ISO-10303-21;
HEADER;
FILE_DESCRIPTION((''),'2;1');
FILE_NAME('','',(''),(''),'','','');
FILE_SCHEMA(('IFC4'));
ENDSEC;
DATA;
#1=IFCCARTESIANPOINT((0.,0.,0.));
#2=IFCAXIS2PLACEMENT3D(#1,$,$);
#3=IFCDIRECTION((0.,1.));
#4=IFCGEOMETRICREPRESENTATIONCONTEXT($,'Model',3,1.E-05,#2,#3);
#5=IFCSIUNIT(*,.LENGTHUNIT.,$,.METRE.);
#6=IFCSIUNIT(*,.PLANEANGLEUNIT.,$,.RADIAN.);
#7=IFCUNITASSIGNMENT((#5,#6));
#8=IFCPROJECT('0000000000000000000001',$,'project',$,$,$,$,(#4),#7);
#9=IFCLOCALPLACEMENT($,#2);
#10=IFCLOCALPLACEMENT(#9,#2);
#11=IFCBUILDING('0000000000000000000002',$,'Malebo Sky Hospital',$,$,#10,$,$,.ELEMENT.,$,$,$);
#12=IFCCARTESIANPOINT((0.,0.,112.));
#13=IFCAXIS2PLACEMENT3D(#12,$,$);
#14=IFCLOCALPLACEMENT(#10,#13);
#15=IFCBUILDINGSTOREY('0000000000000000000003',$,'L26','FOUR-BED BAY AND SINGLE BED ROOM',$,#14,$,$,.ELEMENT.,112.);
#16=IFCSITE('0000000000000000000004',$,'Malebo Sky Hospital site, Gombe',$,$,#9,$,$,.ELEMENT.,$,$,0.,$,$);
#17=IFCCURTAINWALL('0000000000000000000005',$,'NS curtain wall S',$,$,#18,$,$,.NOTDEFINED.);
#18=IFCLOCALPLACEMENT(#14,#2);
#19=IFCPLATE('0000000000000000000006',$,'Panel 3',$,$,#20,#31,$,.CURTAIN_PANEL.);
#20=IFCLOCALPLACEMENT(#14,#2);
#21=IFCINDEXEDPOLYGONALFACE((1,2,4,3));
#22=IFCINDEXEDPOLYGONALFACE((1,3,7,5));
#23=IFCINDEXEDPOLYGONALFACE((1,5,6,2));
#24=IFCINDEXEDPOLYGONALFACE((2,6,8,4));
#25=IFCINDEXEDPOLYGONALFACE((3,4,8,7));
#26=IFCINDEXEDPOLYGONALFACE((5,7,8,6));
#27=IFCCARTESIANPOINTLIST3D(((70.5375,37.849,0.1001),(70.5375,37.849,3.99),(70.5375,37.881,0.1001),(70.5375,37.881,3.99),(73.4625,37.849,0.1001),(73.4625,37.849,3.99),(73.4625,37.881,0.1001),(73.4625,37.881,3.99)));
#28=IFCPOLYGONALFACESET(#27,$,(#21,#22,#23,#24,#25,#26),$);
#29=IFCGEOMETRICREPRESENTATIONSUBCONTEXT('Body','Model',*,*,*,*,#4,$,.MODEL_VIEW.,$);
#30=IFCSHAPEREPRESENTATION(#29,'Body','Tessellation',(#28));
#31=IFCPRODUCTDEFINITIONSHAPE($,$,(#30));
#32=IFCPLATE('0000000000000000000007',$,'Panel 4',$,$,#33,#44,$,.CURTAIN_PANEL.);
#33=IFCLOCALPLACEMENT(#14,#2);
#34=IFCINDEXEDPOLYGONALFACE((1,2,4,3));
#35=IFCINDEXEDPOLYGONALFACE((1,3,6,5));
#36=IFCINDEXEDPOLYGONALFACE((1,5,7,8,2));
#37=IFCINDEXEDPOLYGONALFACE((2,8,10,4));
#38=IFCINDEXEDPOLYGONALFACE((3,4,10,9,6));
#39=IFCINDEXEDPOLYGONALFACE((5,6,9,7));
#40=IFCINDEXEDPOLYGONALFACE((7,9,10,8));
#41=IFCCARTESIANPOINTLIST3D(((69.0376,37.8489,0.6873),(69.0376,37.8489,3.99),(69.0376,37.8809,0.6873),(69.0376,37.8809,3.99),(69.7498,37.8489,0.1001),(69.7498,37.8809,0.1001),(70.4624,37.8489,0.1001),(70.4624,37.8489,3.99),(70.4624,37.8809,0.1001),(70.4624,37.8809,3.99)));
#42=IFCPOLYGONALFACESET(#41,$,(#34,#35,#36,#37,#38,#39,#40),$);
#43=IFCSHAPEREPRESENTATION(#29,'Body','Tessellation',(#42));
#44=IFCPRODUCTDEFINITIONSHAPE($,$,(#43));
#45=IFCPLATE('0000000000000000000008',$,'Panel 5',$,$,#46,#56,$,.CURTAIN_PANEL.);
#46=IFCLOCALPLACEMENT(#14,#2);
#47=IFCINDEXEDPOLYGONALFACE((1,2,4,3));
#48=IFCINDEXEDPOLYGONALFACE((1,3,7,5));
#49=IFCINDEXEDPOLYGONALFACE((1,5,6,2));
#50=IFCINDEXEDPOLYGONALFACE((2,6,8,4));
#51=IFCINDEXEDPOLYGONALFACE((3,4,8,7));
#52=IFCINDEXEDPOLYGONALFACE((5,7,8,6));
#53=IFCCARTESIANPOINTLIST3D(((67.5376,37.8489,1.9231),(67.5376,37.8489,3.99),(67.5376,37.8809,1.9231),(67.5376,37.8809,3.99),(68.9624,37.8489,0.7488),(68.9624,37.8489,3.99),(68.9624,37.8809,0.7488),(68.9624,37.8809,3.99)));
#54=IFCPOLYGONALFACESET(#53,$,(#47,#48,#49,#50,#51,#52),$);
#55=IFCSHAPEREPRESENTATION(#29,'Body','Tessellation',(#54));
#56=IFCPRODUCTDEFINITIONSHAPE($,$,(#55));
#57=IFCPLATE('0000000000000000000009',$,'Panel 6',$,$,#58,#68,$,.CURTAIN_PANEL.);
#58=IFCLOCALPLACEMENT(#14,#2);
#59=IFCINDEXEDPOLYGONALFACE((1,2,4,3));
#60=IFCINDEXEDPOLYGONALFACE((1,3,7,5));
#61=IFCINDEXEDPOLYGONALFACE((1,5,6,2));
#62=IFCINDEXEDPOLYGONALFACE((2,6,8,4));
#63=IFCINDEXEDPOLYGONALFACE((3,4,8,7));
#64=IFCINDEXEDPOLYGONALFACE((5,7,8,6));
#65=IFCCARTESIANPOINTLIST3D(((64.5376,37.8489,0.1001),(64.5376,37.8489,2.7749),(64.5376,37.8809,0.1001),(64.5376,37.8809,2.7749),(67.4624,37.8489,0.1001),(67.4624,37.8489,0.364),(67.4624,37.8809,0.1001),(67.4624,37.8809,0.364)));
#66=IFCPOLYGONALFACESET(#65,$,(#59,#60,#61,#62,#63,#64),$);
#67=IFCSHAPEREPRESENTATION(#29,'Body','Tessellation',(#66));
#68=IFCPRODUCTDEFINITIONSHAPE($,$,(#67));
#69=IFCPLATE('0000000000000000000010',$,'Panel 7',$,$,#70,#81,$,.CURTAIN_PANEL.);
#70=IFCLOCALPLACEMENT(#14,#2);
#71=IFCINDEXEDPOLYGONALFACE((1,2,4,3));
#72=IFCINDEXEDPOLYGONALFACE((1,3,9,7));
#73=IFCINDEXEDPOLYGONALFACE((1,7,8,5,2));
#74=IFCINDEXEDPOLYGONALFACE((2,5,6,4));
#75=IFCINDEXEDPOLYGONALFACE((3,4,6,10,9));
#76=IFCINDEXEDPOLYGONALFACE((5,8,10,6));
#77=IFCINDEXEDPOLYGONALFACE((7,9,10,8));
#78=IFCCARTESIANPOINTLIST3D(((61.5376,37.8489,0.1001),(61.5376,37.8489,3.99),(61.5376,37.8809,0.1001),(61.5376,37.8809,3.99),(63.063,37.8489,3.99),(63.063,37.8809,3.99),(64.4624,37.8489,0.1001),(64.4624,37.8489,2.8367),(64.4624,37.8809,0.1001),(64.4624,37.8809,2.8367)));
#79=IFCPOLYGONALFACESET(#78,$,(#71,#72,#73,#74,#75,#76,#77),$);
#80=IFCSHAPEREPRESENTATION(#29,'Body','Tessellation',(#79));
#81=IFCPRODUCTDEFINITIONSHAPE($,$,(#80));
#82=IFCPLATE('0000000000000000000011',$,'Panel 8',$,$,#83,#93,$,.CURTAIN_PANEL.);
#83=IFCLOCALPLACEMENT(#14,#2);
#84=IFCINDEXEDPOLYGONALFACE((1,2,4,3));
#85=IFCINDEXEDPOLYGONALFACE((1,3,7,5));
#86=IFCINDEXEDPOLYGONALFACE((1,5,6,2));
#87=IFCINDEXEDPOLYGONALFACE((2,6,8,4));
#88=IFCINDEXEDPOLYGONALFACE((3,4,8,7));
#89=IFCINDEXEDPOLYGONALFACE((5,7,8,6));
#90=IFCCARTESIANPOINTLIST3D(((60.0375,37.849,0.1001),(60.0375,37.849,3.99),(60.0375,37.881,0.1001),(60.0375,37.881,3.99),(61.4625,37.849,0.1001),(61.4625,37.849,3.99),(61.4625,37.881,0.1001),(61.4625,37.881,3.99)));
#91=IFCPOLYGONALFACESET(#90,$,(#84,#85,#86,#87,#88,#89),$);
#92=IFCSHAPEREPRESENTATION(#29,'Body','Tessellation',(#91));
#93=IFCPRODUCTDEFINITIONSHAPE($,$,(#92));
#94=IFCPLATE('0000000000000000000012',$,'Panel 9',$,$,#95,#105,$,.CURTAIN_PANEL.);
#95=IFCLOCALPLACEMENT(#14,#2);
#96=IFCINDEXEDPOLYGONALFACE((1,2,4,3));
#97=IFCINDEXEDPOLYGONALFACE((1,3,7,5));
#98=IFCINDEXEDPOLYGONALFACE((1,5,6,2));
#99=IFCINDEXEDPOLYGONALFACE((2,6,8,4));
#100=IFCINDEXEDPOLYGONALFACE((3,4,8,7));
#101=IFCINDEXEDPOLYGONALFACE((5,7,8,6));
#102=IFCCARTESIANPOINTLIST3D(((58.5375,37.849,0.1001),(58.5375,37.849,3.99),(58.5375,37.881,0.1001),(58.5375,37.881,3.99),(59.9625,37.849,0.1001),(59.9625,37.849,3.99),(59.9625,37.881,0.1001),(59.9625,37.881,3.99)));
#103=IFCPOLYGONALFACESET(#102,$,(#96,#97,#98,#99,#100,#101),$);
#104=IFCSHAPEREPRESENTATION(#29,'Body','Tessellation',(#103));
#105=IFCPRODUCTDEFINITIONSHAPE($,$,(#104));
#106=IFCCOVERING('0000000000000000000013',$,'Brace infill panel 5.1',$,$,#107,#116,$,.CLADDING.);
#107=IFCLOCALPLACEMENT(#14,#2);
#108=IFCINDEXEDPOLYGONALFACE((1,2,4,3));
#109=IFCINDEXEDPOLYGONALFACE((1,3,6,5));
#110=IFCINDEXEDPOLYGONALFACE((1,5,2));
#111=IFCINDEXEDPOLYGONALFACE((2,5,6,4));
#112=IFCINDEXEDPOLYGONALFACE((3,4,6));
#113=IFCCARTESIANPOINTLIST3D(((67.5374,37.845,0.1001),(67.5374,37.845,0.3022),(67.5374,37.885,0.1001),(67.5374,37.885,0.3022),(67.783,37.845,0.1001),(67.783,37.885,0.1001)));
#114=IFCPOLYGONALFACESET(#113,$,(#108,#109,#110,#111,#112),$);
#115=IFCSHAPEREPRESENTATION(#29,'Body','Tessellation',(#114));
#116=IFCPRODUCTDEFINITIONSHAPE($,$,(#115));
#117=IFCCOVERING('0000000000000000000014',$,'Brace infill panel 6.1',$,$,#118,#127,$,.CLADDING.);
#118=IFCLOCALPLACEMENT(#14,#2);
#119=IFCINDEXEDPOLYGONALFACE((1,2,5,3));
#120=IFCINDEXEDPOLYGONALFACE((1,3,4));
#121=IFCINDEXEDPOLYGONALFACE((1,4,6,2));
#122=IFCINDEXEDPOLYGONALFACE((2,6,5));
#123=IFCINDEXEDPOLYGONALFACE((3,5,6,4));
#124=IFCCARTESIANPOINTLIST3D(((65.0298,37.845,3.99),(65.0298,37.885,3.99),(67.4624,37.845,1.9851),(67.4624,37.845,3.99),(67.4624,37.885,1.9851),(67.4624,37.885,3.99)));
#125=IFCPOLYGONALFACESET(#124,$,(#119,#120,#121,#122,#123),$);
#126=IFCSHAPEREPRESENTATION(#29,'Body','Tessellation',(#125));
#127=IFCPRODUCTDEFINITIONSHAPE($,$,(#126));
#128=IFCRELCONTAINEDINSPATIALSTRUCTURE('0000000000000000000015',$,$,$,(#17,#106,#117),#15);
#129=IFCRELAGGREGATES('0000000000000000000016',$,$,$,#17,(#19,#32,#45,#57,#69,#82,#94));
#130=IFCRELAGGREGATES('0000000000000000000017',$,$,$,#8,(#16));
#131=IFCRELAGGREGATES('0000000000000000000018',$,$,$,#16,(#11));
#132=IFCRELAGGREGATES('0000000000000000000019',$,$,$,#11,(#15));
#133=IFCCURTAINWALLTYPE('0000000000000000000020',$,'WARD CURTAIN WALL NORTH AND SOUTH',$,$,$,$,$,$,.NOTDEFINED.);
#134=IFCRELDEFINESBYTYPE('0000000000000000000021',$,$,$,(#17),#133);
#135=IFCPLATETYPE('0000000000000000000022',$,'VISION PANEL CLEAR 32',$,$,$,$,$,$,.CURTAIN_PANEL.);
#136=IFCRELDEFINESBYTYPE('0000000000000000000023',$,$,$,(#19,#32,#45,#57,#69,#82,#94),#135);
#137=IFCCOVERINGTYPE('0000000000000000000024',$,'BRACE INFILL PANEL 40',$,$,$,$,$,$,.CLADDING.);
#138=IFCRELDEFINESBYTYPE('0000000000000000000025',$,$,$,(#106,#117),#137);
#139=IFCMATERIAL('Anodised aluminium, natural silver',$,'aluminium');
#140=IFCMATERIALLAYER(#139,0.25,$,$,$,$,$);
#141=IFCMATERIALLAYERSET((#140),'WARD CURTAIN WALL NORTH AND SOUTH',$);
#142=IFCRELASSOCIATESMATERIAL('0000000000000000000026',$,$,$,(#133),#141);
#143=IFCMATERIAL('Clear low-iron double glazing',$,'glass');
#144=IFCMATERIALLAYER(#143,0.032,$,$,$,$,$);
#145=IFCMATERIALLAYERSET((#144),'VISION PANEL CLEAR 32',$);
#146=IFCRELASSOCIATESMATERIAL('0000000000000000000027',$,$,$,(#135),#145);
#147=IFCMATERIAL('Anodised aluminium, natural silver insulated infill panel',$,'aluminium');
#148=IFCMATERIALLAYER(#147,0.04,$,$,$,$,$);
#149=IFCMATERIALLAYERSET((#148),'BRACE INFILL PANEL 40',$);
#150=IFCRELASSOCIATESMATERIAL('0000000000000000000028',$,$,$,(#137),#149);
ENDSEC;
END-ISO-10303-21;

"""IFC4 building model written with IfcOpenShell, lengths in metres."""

from ifc_helpers import new_model, si_unit, direction, frame, origin, origin_2d, place, context, subcontext, project, spatial, polyline, rectangle, outline, extrude, material, layer, layer_set, type_object, element, aggregate, save


model = new_model("IFC4")

# Units and contexts
model_context = context("Model", 3, precision=1e-05, world=origin(), true_north=direction((0.0, 1.0)))
body_context = subcontext(model_context, "Body", "Model", "MODEL_VIEW")
ifc_project = project(units=[si_unit("LENGTHUNIT", "METRE"), si_unit("PLANEANGLEUNIT", "RADIAN")], contexts=[model_context])

# Site, building, storey
site_placement = place(None, origin())
site = spatial("IfcSite", under=ifc_project, at=site_placement, Name="Malebo Sky Hospital site, Gombe", CompositionType="ELEMENT", RefElevation=0.0)
building_placement = place(site_placement, origin())
building = spatial("IfcBuilding", under=site, at=building_placement, Name="Malebo Sky Hospital", CompositionType="ELEMENT")
storey_placement = place(building_placement, frame((0.0, 0.0, 112.0)))
storey = spatial("IfcBuildingStorey", under=building, at=storey_placement, Name="L26", Description="FOUR-BED BAY AND SINGLE BED ROOM", CompositionType="ELEMENT", Elevation=112.0)

# Curtain wall
ifc_material_1 = material(Name="Anodised aluminium, natural silver", Category="aluminium")
ifc_layer_1 = layer(ifc_material_1, 0.25)
ifc_layer_set_1 = layer_set([ifc_layer_1], Name="WARD CURTAIN WALL NORTH AND SOUTH")
curtain_wall_type = type_object("IfcCurtainWallType", Name="WARD CURTAIN WALL NORTH AND SOUTH", PredefinedType="NOTDEFINED", material=ifc_layer_set_1)
curtain_wall_placement = place(storey_placement, origin())
curtain_wall = element("IfcCurtainWall", 1, at=curtain_wall_placement, inside=storey, type_object=curtain_wall_type, Name="NS curtain wall S", PredefinedType="NOTDEFINED")

# Plates
ifc_material_2 = material(Name="Clear low-iron double glazing", Category="glass")
ifc_layer_2 = layer(ifc_material_2, 0.032)
ifc_layer_set_2 = layer_set([ifc_layer_2], Name="VISION PANEL CLEAR 32")
plate_type = type_object("IfcPlateType", Name="VISION PANEL CLEAR 32", PredefinedType="CURTAIN_PANEL", material=ifc_layer_set_2)
plate_1_placement = place(storey_placement, frame((72.0, 37.865, 0.1001), z_axis=(0.0, 0.0, 1.0), x_axis=(-1.0, 0.0, 0.0)))
plate_1 = element("IfcPlate", 2, at=plate_1_placement, type_object=plate_type, Name="Panel 3", PredefinedType="CURTAIN_PANEL", context=body_context, shape_type="SweptSolid", body=[
    extrude(rectangle(XDim=2.925, YDim=0.032, at=origin_2d()), origin(), (0.0, 0.0, 1.0), 3.8899),
])
plate_2_placement = place(storey_placement, frame((69.75, 37.865, 0.1001), z_axis=(0.0, 0.0, 1.0), x_axis=(-1.0, 0.0, 0.0)))
plate_2 = element("IfcPlate", 3, at=plate_2_placement, type_object=plate_type, Name="Panel 4", PredefinedType="CURTAIN_PANEL", context=body_context, shape_type="SweptSolid", body=[
    extrude(outline(polyline([(-0.7124, 0.0), (0.0002, 0.0), (0.7124, 0.5872), (0.7124, 3.8899), (-0.7124, 3.8899), (-0.7124, 0.0)])), frame((0.0, 0.0161, 0.0), z_axis=(0.0, -1.0, 0.0), x_axis=(1.0, 0.0, 0.0)), (0.0, 0.0, 1.0), 0.032),
])
plate_3_placement = place(storey_placement, frame((68.25, 37.865, 0.7488), z_axis=(0.0, 0.0, 1.0), x_axis=(-1.0, 0.0, 0.0)))
plate_3 = element("IfcPlate", 4, at=plate_3_placement, type_object=plate_type, Name="Panel 5", PredefinedType="CURTAIN_PANEL", context=body_context, shape_type="SweptSolid", body=[
    extrude(outline(polyline([(-0.7124, 0.0), (0.7124, 1.1743), (0.7124, 3.2412), (-0.7124, 3.2412), (-0.7124, 0.0)])), frame((0.0, 0.0161, 0.0), z_axis=(0.0, -1.0, 0.0), x_axis=(1.0, 0.0, 0.0)), (0.0, 0.0, 1.0), 0.032),
])
plate_4_placement = place(storey_placement, frame((66.0, 37.865, 0.1001), z_axis=(0.0, 0.0, 1.0), x_axis=(-1.0, 0.0, 0.0)))
plate_4 = element("IfcPlate", 5, at=plate_4_placement, type_object=plate_type, Name="Panel 6", PredefinedType="CURTAIN_PANEL", context=body_context, shape_type="SweptSolid", body=[
    extrude(outline(polyline([(-1.4624, 0.0), (1.4624, 0.0), (1.4624, 2.6748), (-1.4624, 0.2639), (-1.4624, 0.0)])), frame((0.0, 0.0161, 0.0), z_axis=(0.0, -1.0, 0.0), x_axis=(1.0, 0.0, 0.0)), (0.0, 0.0, 1.0), 0.032),
])
plate_5_placement = place(storey_placement, frame((63.0, 37.865, 0.1001), z_axis=(0.0, 0.0, 1.0), x_axis=(-1.0, 0.0, 0.0)))
plate_5 = element("IfcPlate", 6, at=plate_5_placement, type_object=plate_type, Name="Panel 7", PredefinedType="CURTAIN_PANEL", context=body_context, shape_type="SweptSolid", body=[
    extrude(outline(polyline([(-1.4624, 0.0), (1.4624, 0.0), (1.4624, 3.8899), (-0.063, 3.8899), (-1.4624, 2.7366), (-1.4624, 0.0)])), frame((0.0, 0.0161, 0.0), z_axis=(0.0, -1.0, 0.0), x_axis=(1.0, 0.0, 0.0)), (0.0, 0.0, 1.0), 0.032),
])
plate_6_placement = place(storey_placement, frame((60.75, 37.865, 0.1001), z_axis=(0.0, 0.0, 1.0), x_axis=(-1.0, 0.0, 0.0)))
plate_6 = element("IfcPlate", 7, at=plate_6_placement, type_object=plate_type, Name="Panel 8", PredefinedType="CURTAIN_PANEL", context=body_context, shape_type="SweptSolid", body=[
    extrude(rectangle(XDim=1.425, YDim=0.032, at=origin_2d()), origin(), (0.0, 0.0, 1.0), 3.8899),
])
plate_7_placement = place(storey_placement, frame((59.25, 37.865, 0.1001), z_axis=(0.0, 0.0, 1.0), x_axis=(-1.0, 0.0, 0.0)))
plate_7 = element("IfcPlate", 8, at=plate_7_placement, type_object=plate_type, Name="Panel 9", PredefinedType="CURTAIN_PANEL", context=body_context, shape_type="SweptSolid", body=[
    extrude(rectangle(XDim=1.425, YDim=0.032, at=origin_2d()), origin(), (0.0, 0.0, 1.0), 3.8899),
])
aggregate(curtain_wall, [plate_1, plate_2, plate_3, plate_4, plate_5, plate_6, plate_7])

# Coverings
ifc_material_3 = material(Name="Anodised aluminium, natural silver insulated infill panel", Category="aluminium")
ifc_layer_3 = layer(ifc_material_3, 0.04)
ifc_layer_set_3 = layer_set([ifc_layer_3], Name="BRACE INFILL PANEL 40")
covering_type = type_object("IfcCoveringType", Name="BRACE INFILL PANEL 40", PredefinedType="CLADDING", material=ifc_layer_set_3)
covering_1_placement = place(storey_placement, frame((67.6602, 37.865, 0.1001), z_axis=(0.0, 0.0, 1.0), x_axis=(-1.0, 0.0, 0.0)))
element("IfcCovering", 9, at=covering_1_placement, inside=storey, type_object=covering_type, Name="Brace infill panel 5.1", PredefinedType="CLADDING", context=body_context, shape_type="SweptSolid", body=[
    extrude(outline(polyline([(-0.1228, 0.0), (0.1228, 0.0), (0.1228, 0.2021), (-0.1228, 0.0)])), frame((0.0, 0.02, 0.0), z_axis=(0.0, -1.0, 0.0), x_axis=(1.0, 0.0, 0.0)), (0.0, 0.0, 1.0), 0.04),
])
covering_2_placement = place(storey_placement, frame((66.2461, 37.865, 1.9851), z_axis=(0.0, 0.0, 1.0), x_axis=(-1.0, 0.0, 0.0)))
element("IfcCovering", 10, at=covering_2_placement, inside=storey, type_object=covering_type, Name="Brace infill panel 6.1", PredefinedType="CLADDING", context=body_context, shape_type="SweptSolid", body=[
    extrude(outline(polyline([(-1.2163, 0.0), (1.2163, 2.0049), (-1.2163, 2.0049), (-1.2163, 0.0)])), frame((0.0, 0.02, 0.0), z_axis=(0.0, -1.0, 0.0), x_axis=(1.0, 0.0, 0.0)), (0.0, 0.0, 1.0), 0.04),
])

save(model, "model.ifc")
